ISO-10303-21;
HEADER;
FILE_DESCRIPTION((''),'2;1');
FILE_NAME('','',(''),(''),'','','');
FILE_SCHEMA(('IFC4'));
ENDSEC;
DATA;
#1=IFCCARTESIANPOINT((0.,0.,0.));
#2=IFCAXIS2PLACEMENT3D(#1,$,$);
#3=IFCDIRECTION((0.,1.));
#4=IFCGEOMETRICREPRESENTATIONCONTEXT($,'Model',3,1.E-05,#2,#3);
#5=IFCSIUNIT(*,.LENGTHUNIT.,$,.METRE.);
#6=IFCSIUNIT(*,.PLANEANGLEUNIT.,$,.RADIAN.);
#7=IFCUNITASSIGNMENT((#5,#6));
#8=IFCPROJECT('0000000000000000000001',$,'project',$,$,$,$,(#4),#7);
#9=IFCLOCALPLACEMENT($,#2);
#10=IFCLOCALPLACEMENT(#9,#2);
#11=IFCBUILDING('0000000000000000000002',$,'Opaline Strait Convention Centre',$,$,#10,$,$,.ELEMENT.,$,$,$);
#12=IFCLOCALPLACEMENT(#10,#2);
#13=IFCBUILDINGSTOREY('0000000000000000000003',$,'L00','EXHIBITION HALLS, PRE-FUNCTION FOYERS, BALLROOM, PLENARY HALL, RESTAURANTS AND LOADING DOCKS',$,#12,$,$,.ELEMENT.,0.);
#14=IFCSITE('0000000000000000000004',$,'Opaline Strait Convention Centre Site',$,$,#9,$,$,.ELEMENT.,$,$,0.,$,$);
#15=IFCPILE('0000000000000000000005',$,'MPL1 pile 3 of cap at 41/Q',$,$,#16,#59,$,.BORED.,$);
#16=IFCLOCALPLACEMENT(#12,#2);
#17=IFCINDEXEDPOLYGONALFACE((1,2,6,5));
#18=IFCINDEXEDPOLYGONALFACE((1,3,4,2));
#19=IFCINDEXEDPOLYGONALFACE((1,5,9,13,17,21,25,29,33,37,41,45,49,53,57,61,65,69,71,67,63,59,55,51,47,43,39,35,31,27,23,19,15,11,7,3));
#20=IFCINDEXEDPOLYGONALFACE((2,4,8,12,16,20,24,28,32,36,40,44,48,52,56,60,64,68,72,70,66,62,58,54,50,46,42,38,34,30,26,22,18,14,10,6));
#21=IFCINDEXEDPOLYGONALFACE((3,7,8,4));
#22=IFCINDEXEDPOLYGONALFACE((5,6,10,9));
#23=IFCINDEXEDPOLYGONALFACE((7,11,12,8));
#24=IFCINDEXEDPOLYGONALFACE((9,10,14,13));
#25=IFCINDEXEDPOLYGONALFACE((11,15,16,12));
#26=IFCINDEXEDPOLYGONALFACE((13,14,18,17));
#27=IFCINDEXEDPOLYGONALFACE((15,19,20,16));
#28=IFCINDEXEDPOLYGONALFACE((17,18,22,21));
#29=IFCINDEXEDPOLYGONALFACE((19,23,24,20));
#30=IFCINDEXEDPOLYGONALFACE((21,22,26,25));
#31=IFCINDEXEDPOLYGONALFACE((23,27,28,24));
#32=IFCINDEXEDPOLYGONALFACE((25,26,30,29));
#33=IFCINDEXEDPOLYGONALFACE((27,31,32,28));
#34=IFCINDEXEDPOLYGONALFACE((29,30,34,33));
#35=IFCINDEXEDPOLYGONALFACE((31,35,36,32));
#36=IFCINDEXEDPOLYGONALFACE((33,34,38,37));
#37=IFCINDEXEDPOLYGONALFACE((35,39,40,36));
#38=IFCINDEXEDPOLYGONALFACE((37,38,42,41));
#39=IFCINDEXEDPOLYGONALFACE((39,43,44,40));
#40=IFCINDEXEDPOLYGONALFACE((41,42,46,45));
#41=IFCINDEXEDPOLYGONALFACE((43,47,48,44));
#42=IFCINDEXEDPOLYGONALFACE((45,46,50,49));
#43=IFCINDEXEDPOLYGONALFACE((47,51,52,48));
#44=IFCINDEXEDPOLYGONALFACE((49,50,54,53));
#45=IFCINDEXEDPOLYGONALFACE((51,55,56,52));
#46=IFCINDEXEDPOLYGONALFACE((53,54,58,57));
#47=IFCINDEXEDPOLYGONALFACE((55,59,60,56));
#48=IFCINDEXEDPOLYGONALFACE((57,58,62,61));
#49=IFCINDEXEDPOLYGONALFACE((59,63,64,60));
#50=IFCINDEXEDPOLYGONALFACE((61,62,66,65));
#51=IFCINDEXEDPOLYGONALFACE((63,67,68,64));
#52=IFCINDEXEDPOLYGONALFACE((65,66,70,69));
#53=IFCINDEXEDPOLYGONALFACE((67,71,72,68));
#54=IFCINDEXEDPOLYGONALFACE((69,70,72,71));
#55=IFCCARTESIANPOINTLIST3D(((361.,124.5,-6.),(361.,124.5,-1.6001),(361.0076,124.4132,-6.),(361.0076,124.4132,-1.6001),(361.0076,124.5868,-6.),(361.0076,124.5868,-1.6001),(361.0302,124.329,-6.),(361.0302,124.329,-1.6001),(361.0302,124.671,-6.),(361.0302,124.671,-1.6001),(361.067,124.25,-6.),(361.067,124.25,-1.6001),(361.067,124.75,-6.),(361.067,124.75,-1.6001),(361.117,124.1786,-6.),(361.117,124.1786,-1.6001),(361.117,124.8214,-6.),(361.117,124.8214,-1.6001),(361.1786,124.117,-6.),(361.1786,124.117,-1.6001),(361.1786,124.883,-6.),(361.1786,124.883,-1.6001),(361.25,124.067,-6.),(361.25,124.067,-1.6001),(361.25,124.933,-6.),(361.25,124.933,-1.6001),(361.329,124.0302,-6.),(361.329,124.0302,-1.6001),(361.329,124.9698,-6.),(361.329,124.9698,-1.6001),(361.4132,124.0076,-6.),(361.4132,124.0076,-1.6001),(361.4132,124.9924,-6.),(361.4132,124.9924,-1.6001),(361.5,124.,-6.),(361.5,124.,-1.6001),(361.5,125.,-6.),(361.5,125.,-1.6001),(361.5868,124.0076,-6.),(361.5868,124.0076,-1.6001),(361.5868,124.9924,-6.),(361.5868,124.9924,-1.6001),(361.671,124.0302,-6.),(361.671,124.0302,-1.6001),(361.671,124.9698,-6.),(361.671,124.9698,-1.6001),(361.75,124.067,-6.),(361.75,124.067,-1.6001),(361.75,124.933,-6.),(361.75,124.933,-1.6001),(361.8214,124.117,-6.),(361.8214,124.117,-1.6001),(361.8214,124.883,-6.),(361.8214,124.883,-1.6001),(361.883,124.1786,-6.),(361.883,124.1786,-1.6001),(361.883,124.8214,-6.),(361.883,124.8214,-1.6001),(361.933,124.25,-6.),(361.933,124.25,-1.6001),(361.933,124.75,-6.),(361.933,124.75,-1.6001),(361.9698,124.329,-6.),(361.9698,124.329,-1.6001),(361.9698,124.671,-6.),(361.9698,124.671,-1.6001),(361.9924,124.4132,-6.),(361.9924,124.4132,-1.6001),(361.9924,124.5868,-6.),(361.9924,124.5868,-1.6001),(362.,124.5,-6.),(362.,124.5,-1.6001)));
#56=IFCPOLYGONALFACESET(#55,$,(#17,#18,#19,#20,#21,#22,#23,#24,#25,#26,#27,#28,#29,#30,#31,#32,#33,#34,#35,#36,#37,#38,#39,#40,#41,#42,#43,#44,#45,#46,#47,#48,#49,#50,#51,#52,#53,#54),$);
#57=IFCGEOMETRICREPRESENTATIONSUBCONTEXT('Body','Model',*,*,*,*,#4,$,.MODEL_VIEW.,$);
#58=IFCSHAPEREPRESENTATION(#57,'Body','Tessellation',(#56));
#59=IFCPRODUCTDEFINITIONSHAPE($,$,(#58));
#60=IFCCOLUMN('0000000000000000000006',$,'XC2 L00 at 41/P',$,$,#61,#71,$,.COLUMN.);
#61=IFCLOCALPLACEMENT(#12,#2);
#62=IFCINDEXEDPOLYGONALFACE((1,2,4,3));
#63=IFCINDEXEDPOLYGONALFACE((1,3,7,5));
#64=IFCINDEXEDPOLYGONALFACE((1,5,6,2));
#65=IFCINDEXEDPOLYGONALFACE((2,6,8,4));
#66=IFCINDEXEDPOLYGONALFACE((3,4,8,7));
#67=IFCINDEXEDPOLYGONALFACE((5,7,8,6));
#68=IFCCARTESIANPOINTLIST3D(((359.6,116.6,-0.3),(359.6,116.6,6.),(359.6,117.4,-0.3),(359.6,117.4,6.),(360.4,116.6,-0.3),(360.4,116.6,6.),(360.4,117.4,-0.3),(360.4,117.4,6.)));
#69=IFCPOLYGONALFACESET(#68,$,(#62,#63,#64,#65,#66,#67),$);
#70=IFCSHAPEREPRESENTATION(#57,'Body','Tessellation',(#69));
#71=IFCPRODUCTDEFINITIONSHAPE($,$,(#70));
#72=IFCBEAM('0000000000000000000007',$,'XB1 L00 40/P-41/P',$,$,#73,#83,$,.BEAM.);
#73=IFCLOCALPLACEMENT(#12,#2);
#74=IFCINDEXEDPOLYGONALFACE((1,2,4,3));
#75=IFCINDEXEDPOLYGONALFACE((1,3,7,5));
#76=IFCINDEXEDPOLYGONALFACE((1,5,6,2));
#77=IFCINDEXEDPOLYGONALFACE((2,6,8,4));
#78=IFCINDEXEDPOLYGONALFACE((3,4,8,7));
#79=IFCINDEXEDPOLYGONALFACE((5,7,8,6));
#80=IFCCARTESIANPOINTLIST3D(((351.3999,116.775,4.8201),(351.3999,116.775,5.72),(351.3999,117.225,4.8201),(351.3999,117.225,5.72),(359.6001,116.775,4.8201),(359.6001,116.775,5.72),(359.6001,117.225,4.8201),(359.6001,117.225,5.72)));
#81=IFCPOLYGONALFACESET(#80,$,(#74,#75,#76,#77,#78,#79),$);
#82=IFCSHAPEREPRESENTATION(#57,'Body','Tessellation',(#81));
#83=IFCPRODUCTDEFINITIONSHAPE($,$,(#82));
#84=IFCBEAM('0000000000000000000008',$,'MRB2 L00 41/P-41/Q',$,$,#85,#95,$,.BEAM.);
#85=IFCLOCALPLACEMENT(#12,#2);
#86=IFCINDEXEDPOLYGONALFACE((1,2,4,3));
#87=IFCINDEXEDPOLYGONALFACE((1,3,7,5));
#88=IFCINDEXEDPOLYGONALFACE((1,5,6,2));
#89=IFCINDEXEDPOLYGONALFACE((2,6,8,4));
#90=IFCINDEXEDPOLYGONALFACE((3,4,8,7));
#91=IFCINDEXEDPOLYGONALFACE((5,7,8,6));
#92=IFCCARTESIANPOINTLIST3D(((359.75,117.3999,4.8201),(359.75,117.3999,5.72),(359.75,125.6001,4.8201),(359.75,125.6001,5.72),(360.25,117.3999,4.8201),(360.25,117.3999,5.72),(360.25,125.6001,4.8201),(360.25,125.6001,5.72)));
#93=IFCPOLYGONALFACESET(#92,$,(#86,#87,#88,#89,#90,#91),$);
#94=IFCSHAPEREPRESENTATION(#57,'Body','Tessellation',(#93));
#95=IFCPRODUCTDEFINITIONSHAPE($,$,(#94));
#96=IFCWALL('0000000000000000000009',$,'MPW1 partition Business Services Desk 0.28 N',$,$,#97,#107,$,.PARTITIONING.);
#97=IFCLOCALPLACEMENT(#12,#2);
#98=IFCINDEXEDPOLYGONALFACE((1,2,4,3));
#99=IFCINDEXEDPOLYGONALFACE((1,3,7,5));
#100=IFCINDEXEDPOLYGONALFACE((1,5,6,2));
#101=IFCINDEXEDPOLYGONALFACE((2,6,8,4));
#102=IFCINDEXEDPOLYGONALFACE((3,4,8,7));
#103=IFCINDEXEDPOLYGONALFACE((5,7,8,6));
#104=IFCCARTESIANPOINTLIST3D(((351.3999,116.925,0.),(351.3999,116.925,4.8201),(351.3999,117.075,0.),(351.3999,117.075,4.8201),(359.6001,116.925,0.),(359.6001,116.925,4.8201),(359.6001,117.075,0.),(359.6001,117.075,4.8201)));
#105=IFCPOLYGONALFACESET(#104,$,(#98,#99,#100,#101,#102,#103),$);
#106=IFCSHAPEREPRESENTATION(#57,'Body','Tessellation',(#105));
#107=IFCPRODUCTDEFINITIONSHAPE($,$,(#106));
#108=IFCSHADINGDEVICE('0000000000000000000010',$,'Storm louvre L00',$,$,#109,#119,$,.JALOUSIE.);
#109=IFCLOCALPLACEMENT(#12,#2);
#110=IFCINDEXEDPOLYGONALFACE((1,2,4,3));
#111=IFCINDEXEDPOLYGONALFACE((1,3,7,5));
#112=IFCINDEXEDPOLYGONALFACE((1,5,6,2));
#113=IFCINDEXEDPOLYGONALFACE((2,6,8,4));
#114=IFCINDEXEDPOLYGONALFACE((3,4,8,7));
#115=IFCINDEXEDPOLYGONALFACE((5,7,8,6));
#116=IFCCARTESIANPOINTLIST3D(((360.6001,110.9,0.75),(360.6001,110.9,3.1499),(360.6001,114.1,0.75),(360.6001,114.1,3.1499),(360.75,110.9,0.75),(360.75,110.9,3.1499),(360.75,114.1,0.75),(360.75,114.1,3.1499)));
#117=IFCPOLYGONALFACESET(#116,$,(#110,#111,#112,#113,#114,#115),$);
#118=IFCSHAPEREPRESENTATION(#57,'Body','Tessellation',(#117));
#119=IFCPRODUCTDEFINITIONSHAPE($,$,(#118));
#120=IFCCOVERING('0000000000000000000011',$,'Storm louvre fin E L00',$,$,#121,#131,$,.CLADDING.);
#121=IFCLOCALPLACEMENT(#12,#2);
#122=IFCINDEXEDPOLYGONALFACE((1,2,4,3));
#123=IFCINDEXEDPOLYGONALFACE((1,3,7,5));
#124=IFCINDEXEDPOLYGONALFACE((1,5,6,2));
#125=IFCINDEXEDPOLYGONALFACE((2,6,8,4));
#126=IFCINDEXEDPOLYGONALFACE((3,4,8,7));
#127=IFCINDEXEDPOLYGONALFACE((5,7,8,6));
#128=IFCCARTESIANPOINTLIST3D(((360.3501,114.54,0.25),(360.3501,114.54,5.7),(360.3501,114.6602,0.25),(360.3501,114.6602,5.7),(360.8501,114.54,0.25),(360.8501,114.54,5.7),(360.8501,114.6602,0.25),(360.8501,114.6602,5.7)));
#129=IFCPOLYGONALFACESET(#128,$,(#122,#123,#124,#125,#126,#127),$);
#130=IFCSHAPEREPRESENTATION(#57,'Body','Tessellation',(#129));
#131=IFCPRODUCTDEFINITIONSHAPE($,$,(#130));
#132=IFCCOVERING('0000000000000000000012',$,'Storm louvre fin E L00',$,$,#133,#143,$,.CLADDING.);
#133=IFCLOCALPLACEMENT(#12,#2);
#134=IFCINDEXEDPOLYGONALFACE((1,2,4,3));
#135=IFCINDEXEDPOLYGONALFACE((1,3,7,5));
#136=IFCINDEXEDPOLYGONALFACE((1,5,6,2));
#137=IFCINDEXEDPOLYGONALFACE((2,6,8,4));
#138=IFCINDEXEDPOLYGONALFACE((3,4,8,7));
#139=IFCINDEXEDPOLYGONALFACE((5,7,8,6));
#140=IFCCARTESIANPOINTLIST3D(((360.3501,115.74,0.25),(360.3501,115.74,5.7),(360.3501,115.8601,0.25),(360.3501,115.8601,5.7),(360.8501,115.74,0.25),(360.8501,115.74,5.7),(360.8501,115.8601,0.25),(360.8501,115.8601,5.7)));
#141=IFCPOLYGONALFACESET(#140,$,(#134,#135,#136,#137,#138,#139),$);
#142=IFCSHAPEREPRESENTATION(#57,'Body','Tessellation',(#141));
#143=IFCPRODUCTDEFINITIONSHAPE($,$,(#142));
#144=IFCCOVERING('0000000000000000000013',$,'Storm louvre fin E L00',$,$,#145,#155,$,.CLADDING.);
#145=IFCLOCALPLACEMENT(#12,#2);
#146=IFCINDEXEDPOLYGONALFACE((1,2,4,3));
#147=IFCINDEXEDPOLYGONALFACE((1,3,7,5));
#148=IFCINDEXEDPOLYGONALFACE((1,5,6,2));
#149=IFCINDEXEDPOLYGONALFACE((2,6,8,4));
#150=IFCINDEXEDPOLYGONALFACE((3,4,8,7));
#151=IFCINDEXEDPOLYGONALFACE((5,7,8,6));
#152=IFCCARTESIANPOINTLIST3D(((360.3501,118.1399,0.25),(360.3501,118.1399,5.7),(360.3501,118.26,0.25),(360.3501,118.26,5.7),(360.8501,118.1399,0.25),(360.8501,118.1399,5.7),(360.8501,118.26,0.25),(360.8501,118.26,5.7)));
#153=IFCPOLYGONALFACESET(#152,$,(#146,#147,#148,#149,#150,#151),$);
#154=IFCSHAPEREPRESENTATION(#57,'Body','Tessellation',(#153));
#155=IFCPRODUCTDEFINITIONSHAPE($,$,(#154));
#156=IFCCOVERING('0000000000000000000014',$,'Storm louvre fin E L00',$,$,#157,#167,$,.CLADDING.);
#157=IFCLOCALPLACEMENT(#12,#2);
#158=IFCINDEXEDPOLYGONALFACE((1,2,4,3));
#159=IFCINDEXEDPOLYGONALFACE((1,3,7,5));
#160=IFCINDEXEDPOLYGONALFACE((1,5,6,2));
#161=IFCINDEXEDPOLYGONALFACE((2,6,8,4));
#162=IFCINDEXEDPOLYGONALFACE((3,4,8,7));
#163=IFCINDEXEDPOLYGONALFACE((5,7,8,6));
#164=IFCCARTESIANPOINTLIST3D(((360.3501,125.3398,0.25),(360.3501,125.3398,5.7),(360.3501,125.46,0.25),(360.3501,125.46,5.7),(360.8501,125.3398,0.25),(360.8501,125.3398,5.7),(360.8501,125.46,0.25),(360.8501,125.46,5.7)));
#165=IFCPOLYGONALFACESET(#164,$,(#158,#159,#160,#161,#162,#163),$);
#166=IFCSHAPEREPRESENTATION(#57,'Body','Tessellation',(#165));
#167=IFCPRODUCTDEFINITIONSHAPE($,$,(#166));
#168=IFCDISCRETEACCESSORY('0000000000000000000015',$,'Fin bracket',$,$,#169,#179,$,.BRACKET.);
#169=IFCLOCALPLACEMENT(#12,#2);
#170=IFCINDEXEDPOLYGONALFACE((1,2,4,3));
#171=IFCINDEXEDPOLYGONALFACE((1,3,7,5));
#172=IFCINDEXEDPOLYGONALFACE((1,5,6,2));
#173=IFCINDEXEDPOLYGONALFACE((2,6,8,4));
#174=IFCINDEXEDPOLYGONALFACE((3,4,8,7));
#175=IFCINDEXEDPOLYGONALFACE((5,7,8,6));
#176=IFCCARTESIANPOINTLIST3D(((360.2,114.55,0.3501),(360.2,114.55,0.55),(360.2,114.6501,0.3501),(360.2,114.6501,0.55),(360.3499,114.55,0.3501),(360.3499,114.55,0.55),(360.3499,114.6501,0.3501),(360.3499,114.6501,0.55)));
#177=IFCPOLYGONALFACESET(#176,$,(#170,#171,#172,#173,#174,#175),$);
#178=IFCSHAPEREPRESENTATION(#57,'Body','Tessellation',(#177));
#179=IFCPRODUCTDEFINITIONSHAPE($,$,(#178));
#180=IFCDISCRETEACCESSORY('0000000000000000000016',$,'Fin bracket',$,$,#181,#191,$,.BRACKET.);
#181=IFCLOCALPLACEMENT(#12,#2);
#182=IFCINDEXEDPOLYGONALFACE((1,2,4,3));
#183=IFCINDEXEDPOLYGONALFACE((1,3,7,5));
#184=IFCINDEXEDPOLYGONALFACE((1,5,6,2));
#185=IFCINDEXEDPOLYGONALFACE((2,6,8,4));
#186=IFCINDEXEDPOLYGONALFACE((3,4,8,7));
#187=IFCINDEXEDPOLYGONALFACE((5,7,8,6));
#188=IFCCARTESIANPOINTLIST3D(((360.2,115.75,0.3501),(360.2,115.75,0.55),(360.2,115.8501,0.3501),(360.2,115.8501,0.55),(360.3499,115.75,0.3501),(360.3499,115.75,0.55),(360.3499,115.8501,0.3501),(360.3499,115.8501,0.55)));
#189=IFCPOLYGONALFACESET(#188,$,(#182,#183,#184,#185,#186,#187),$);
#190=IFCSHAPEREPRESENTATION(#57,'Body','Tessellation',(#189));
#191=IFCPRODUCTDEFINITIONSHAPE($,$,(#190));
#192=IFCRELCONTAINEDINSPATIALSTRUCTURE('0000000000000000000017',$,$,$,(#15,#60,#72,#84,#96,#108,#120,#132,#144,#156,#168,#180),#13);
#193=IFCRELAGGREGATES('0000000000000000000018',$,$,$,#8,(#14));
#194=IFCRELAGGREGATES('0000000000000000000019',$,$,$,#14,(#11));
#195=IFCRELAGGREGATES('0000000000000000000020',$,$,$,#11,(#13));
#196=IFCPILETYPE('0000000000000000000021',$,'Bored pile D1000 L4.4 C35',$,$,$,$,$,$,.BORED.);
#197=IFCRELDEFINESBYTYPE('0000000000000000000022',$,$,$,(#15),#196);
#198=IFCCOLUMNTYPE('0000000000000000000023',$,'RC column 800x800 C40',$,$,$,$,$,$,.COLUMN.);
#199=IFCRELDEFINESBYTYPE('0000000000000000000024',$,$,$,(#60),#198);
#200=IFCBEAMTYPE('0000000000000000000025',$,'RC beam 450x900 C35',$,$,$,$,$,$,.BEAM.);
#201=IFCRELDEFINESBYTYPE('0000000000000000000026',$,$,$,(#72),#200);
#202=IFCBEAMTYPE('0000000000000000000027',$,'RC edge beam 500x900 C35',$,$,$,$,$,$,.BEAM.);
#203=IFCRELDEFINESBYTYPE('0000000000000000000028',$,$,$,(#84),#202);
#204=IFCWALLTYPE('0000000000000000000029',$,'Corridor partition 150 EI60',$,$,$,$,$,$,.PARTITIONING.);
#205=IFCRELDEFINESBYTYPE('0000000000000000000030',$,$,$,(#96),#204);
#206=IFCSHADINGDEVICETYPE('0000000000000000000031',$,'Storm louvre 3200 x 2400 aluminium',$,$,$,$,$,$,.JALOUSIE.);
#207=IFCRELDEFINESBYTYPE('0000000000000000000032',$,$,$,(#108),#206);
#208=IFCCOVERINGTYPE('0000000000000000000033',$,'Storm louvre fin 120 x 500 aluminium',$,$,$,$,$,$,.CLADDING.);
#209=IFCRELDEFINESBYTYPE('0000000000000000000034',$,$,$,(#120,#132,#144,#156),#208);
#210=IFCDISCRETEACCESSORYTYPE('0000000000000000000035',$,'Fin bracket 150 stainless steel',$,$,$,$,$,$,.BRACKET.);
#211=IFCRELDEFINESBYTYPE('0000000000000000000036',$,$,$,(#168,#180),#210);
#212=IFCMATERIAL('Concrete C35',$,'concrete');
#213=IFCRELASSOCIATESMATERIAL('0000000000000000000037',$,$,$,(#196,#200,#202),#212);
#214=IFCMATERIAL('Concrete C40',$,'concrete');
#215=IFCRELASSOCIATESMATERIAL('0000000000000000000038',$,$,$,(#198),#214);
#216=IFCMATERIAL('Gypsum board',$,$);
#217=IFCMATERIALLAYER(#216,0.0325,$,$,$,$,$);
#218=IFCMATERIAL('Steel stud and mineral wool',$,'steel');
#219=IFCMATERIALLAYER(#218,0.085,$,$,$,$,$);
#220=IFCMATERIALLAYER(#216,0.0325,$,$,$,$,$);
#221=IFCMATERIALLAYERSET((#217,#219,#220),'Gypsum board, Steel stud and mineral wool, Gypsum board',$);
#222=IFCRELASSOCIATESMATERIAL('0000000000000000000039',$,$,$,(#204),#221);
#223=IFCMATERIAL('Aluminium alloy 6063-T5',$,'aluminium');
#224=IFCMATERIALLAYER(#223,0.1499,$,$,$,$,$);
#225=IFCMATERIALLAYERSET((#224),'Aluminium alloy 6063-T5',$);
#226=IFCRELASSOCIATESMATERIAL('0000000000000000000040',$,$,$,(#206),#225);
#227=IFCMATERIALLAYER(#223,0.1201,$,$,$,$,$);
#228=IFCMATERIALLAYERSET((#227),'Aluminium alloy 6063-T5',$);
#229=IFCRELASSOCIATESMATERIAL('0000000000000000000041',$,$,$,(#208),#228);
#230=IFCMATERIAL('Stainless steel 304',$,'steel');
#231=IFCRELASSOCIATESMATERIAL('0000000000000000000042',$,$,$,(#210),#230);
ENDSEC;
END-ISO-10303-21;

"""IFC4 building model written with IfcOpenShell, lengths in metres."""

from ifc_helpers import new_model, si_unit, direction, frame, frame_2d, origin, origin_2d, place, context, subcontext, project, spatial, rectangle, circle, extrude, material, layer, layer_set, material_profile, profile_set, type_object, element, save


model = new_model("IFC4")

# Units and contexts
model_context = context("Model", 3, precision=1e-05, world=origin(), true_north=direction((0.0, 1.0)))
body_context = subcontext(model_context, "Body", "Model", "MODEL_VIEW")
ifc_project = project(units=[si_unit("LENGTHUNIT", "METRE"), si_unit("PLANEANGLEUNIT", "RADIAN")], contexts=[model_context])

# Site, building, storey
site_placement = place(None, origin())
site = spatial("IfcSite", under=ifc_project, at=site_placement, Name="Opaline Strait Convention Centre Site", CompositionType="ELEMENT", RefElevation=0.0)
building_placement = place(site_placement, origin())
building = spatial("IfcBuilding", under=site, at=building_placement, Name="Opaline Strait Convention Centre", CompositionType="ELEMENT")
storey_placement = place(building_placement, origin())
storey = spatial("IfcBuildingStorey", under=building, at=storey_placement, Name="L00", Description="EXHIBITION HALLS, PRE-FUNCTION FOYERS, BALLROOM, PLENARY HALL, RESTAURANTS AND LOADING DOCKS", CompositionType="ELEMENT", Elevation=0.0)

# Pile
ifc_material_1 = material(Name="Concrete C35", Category="concrete")
ifc_material_profile_1 = material_profile(ifc_material_1, circle(Radius=0.5, at=origin_2d()), Name="D1000")
ifc_profile_set_1 = profile_set([ifc_material_profile_1], Name="Concrete C35")
pile_type = type_object("IfcPileType", Name="Bored pile D1000 L4.4 C35", PredefinedType="BORED", material=ifc_profile_set_1)
for number, where, z_axis, x_axis, name in (
    (1, (361.5, 124.5, -1.6001), (0.0, 0.0, -1.0), (1.0, 0.0, 0.0), "MPL1 pile 3 of cap at 41/Q"),
):
    element("IfcPile", number, at=place(storey_placement, frame(where, z_axis=z_axis, x_axis=x_axis)), inside=storey, type_object=pile_type, Name=name, PredefinedType="BORED", context=body_context, shape_type="SweptSolid", body=[
        extrude(circle(Radius=0.5, at=origin_2d()), origin(), (0.0, 0.0, 1.0), 4.3999),
    ])

# Column
ifc_material_2 = material(Name="Concrete C40", Category="concrete")
ifc_material_profile_2 = material_profile(ifc_material_2, rectangle(XDim=0.8, YDim=0.8, at=origin_2d()), Name="RC 800x800")
ifc_profile_set_2 = profile_set([ifc_material_profile_2], Name="Concrete C40")
column_type = type_object("IfcColumnType", Name="RC column 800x800 C40", PredefinedType="COLUMN", material=ifc_profile_set_2)
column_placement = place(storey_placement, frame((360.0, 117.0, -0.3), z_axis=(0.0, 0.0, 1.0), x_axis=(1.0, 0.0, 0.0)))
element("IfcColumn", 2, at=column_placement, inside=storey, type_object=column_type, Name="XC2 L00 at 41/P", PredefinedType="COLUMN", context=body_context, shape_type="SweptSolid", body=[
    extrude(rectangle(XDim=0.8, YDim=0.8, at=origin_2d()), origin(), (0.0, 0.0, 1.0), 6.3),
])

# Beams
ifc_material_profile_3 = material_profile(ifc_material_1, rectangle(XDim=0.45, YDim=0.8999, at=origin_2d()), Name="RC 450x900")
ifc_profile_set_3 = profile_set([ifc_material_profile_3], Name="Concrete C35")
beam_type_1 = type_object("IfcBeamType", Name="RC beam 450x900 C35", PredefinedType="BEAM", material=ifc_profile_set_3)
beam_1_placement = place(storey_placement, frame((351.3999, 117.0, 5.27), z_axis=(1.0, 0.0, 0.0), x_axis=(0.0, 1.0, 0.0)))
element("IfcBeam", 3, at=beam_1_placement, inside=storey, type_object=beam_type_1, Name="XB1 L00 40/P-41/P", PredefinedType="BEAM", context=body_context, shape_type="SweptSolid", body=[
    extrude(rectangle(XDim=0.45, YDim=0.8999, at=origin_2d()), origin(), (0.0, 0.0, 1.0), 8.2002),
])
ifc_material_profile_4 = material_profile(ifc_material_1, rectangle(XDim=0.5, YDim=0.8999, at=origin_2d()), Name="RC 500x900")
ifc_profile_set_4 = profile_set([ifc_material_profile_4], Name="Concrete C35")
beam_type_2 = type_object("IfcBeamType", Name="RC edge beam 500x900 C35", PredefinedType="BEAM", material=ifc_profile_set_4)
beam_2_placement = place(storey_placement, frame((360.0, 117.3999, 5.27), z_axis=(0.0, 1.0, 0.0), x_axis=(-1.0, 0.0, 0.0)))
element("IfcBeam", 4, at=beam_2_placement, inside=storey, type_object=beam_type_2, Name="MRB2 L00 41/P-41/Q", PredefinedType="BEAM", context=body_context, shape_type="SweptSolid", body=[
    extrude(rectangle(XDim=0.5, YDim=0.8999, at=origin_2d()), origin(), (0.0, 0.0, 1.0), 8.2002),
])

# Wall
ifc_material_3 = material(Name="Gypsum board")
ifc_layer_1 = layer(ifc_material_3, 0.0325)
ifc_material_4 = material(Name="Steel stud and mineral wool", Category="steel")
ifc_layer_2 = layer(ifc_material_4, 0.085)
ifc_layer_3 = layer(ifc_material_3, 0.0325)
ifc_layer_set_1 = layer_set([ifc_layer_1, ifc_layer_2, ifc_layer_3], Name="Gypsum board, Steel stud and mineral wool, Gypsum board")
wall_type_1 = type_object("IfcWallType", Name="Corridor partition 150 EI60", PredefinedType="PARTITIONING", material=ifc_layer_set_1)
wall_1_placement = place(storey_placement, frame((351.3999, 117.0, 0.0), z_axis=(0.0, 0.0, 1.0), x_axis=(1.0, 0.0, 0.0)))
element("IfcWall", 5, at=wall_1_placement, inside=storey, type_object=wall_type_1, Name="MPW1 partition Business Services Desk 0.28 N", PredefinedType="PARTITIONING", context=body_context, shape_type="SweptSolid", body=[
    extrude(rectangle(XDim=8.2002, YDim=0.1499, at=frame_2d((4.1001, 0.0))), origin(), (0.0, 0.0, 1.0), 4.8201),
])

# Shading device
ifc_material_5 = material(Name="Aluminium alloy 6063-T5", Category="aluminium")
ifc_layer_4 = layer(ifc_material_5, 0.1499)
ifc_layer_set_2 = layer_set([ifc_layer_4], Name="Aluminium alloy 6063-T5")
shading_device_type = type_object("IfcShadingDeviceType", Name="Storm louvre 3200 x 2400 aluminium", PredefinedType="JALOUSIE", material=ifc_layer_set_2)
shading_device_placement = place(storey_placement, frame((360.675, 112.5, 0.75), z_axis=(0.0, 0.0, 1.0), x_axis=(1.0, 0.0, 0.0)))
element("IfcShadingDevice", 6, at=shading_device_placement, inside=storey, type_object=shading_device_type, Name="Storm louvre L00", PredefinedType="JALOUSIE", context=body_context, shape_type="SweptSolid", body=[
    extrude(rectangle(XDim=0.1499, YDim=3.2, at=origin_2d()), origin(), (0.0, 0.0, 1.0), 2.3999),
])

# Coverings
ifc_layer_5 = layer(ifc_material_5, 0.1201)
ifc_layer_set_3 = layer_set([ifc_layer_5], Name="Aluminium alloy 6063-T5")
covering_type = type_object("IfcCoveringType", Name="Storm louvre fin 120 x 500 aluminium", PredefinedType="CLADDING", material=ifc_layer_set_3)
for number, where, z_axis, x_axis, name in (
    (7, (360.6001, 114.6001, 0.25), (0.0, 0.0, 1.0), (1.0, 0.0, 0.0), "Storm louvre fin E L00"),
    (8, (360.6001, 115.8, 0.25), (0.0, 0.0, 1.0), (1.0, 0.0, 0.0), "Storm louvre fin E L00"),
    (9, (360.6001, 118.2, 0.25), (0.0, 0.0, 1.0), (1.0, 0.0, 0.0), "Storm louvre fin E L00"),
    (10, (360.6001, 125.3999, 0.25), (0.0, 0.0, 1.0), (1.0, 0.0, 0.0), "Storm louvre fin E L00"),
):
    element("IfcCovering", number, at=place(storey_placement, frame(where, z_axis=z_axis, x_axis=x_axis)), inside=storey, type_object=covering_type, Name=name, PredefinedType="CLADDING", context=body_context, shape_type="SweptSolid", body=[
        extrude(rectangle(XDim=0.5, YDim=0.1201, at=origin_2d()), origin(), (0.0, 0.0, 1.0), 5.45),
    ])

# Discrete accessories
ifc_material_6 = material(Name="Stainless steel 304", Category="steel")
discrete_accessory_type_1 = type_object("IfcDiscreteAccessoryType", Name="Fin bracket 150 stainless steel", PredefinedType="BRACKET", material=ifc_material_6)
for number, where, z_axis, x_axis, name in (
    (11, (360.2749, 114.6001, 0.3501), (0.0, 0.0, 1.0), (1.0, 0.0, 0.0), "Fin bracket"),
    (12, (360.2749, 115.8, 0.3501), (0.0, 0.0, 1.0), (1.0, 0.0, 0.0), "Fin bracket"),
):
    element("IfcDiscreteAccessory", number, at=place(storey_placement, frame(where, z_axis=z_axis, x_axis=x_axis)), inside=storey, type_object=discrete_accessory_type_1, Name=name, PredefinedType="BRACKET", context=body_context, shape_type="SweptSolid", body=[
        extrude(rectangle(XDim=0.1499, YDim=0.1001, at=origin_2d()), origin(), (0.0, 0.0, 1.0), 0.2),
    ])

save(model, "model.ifc")
